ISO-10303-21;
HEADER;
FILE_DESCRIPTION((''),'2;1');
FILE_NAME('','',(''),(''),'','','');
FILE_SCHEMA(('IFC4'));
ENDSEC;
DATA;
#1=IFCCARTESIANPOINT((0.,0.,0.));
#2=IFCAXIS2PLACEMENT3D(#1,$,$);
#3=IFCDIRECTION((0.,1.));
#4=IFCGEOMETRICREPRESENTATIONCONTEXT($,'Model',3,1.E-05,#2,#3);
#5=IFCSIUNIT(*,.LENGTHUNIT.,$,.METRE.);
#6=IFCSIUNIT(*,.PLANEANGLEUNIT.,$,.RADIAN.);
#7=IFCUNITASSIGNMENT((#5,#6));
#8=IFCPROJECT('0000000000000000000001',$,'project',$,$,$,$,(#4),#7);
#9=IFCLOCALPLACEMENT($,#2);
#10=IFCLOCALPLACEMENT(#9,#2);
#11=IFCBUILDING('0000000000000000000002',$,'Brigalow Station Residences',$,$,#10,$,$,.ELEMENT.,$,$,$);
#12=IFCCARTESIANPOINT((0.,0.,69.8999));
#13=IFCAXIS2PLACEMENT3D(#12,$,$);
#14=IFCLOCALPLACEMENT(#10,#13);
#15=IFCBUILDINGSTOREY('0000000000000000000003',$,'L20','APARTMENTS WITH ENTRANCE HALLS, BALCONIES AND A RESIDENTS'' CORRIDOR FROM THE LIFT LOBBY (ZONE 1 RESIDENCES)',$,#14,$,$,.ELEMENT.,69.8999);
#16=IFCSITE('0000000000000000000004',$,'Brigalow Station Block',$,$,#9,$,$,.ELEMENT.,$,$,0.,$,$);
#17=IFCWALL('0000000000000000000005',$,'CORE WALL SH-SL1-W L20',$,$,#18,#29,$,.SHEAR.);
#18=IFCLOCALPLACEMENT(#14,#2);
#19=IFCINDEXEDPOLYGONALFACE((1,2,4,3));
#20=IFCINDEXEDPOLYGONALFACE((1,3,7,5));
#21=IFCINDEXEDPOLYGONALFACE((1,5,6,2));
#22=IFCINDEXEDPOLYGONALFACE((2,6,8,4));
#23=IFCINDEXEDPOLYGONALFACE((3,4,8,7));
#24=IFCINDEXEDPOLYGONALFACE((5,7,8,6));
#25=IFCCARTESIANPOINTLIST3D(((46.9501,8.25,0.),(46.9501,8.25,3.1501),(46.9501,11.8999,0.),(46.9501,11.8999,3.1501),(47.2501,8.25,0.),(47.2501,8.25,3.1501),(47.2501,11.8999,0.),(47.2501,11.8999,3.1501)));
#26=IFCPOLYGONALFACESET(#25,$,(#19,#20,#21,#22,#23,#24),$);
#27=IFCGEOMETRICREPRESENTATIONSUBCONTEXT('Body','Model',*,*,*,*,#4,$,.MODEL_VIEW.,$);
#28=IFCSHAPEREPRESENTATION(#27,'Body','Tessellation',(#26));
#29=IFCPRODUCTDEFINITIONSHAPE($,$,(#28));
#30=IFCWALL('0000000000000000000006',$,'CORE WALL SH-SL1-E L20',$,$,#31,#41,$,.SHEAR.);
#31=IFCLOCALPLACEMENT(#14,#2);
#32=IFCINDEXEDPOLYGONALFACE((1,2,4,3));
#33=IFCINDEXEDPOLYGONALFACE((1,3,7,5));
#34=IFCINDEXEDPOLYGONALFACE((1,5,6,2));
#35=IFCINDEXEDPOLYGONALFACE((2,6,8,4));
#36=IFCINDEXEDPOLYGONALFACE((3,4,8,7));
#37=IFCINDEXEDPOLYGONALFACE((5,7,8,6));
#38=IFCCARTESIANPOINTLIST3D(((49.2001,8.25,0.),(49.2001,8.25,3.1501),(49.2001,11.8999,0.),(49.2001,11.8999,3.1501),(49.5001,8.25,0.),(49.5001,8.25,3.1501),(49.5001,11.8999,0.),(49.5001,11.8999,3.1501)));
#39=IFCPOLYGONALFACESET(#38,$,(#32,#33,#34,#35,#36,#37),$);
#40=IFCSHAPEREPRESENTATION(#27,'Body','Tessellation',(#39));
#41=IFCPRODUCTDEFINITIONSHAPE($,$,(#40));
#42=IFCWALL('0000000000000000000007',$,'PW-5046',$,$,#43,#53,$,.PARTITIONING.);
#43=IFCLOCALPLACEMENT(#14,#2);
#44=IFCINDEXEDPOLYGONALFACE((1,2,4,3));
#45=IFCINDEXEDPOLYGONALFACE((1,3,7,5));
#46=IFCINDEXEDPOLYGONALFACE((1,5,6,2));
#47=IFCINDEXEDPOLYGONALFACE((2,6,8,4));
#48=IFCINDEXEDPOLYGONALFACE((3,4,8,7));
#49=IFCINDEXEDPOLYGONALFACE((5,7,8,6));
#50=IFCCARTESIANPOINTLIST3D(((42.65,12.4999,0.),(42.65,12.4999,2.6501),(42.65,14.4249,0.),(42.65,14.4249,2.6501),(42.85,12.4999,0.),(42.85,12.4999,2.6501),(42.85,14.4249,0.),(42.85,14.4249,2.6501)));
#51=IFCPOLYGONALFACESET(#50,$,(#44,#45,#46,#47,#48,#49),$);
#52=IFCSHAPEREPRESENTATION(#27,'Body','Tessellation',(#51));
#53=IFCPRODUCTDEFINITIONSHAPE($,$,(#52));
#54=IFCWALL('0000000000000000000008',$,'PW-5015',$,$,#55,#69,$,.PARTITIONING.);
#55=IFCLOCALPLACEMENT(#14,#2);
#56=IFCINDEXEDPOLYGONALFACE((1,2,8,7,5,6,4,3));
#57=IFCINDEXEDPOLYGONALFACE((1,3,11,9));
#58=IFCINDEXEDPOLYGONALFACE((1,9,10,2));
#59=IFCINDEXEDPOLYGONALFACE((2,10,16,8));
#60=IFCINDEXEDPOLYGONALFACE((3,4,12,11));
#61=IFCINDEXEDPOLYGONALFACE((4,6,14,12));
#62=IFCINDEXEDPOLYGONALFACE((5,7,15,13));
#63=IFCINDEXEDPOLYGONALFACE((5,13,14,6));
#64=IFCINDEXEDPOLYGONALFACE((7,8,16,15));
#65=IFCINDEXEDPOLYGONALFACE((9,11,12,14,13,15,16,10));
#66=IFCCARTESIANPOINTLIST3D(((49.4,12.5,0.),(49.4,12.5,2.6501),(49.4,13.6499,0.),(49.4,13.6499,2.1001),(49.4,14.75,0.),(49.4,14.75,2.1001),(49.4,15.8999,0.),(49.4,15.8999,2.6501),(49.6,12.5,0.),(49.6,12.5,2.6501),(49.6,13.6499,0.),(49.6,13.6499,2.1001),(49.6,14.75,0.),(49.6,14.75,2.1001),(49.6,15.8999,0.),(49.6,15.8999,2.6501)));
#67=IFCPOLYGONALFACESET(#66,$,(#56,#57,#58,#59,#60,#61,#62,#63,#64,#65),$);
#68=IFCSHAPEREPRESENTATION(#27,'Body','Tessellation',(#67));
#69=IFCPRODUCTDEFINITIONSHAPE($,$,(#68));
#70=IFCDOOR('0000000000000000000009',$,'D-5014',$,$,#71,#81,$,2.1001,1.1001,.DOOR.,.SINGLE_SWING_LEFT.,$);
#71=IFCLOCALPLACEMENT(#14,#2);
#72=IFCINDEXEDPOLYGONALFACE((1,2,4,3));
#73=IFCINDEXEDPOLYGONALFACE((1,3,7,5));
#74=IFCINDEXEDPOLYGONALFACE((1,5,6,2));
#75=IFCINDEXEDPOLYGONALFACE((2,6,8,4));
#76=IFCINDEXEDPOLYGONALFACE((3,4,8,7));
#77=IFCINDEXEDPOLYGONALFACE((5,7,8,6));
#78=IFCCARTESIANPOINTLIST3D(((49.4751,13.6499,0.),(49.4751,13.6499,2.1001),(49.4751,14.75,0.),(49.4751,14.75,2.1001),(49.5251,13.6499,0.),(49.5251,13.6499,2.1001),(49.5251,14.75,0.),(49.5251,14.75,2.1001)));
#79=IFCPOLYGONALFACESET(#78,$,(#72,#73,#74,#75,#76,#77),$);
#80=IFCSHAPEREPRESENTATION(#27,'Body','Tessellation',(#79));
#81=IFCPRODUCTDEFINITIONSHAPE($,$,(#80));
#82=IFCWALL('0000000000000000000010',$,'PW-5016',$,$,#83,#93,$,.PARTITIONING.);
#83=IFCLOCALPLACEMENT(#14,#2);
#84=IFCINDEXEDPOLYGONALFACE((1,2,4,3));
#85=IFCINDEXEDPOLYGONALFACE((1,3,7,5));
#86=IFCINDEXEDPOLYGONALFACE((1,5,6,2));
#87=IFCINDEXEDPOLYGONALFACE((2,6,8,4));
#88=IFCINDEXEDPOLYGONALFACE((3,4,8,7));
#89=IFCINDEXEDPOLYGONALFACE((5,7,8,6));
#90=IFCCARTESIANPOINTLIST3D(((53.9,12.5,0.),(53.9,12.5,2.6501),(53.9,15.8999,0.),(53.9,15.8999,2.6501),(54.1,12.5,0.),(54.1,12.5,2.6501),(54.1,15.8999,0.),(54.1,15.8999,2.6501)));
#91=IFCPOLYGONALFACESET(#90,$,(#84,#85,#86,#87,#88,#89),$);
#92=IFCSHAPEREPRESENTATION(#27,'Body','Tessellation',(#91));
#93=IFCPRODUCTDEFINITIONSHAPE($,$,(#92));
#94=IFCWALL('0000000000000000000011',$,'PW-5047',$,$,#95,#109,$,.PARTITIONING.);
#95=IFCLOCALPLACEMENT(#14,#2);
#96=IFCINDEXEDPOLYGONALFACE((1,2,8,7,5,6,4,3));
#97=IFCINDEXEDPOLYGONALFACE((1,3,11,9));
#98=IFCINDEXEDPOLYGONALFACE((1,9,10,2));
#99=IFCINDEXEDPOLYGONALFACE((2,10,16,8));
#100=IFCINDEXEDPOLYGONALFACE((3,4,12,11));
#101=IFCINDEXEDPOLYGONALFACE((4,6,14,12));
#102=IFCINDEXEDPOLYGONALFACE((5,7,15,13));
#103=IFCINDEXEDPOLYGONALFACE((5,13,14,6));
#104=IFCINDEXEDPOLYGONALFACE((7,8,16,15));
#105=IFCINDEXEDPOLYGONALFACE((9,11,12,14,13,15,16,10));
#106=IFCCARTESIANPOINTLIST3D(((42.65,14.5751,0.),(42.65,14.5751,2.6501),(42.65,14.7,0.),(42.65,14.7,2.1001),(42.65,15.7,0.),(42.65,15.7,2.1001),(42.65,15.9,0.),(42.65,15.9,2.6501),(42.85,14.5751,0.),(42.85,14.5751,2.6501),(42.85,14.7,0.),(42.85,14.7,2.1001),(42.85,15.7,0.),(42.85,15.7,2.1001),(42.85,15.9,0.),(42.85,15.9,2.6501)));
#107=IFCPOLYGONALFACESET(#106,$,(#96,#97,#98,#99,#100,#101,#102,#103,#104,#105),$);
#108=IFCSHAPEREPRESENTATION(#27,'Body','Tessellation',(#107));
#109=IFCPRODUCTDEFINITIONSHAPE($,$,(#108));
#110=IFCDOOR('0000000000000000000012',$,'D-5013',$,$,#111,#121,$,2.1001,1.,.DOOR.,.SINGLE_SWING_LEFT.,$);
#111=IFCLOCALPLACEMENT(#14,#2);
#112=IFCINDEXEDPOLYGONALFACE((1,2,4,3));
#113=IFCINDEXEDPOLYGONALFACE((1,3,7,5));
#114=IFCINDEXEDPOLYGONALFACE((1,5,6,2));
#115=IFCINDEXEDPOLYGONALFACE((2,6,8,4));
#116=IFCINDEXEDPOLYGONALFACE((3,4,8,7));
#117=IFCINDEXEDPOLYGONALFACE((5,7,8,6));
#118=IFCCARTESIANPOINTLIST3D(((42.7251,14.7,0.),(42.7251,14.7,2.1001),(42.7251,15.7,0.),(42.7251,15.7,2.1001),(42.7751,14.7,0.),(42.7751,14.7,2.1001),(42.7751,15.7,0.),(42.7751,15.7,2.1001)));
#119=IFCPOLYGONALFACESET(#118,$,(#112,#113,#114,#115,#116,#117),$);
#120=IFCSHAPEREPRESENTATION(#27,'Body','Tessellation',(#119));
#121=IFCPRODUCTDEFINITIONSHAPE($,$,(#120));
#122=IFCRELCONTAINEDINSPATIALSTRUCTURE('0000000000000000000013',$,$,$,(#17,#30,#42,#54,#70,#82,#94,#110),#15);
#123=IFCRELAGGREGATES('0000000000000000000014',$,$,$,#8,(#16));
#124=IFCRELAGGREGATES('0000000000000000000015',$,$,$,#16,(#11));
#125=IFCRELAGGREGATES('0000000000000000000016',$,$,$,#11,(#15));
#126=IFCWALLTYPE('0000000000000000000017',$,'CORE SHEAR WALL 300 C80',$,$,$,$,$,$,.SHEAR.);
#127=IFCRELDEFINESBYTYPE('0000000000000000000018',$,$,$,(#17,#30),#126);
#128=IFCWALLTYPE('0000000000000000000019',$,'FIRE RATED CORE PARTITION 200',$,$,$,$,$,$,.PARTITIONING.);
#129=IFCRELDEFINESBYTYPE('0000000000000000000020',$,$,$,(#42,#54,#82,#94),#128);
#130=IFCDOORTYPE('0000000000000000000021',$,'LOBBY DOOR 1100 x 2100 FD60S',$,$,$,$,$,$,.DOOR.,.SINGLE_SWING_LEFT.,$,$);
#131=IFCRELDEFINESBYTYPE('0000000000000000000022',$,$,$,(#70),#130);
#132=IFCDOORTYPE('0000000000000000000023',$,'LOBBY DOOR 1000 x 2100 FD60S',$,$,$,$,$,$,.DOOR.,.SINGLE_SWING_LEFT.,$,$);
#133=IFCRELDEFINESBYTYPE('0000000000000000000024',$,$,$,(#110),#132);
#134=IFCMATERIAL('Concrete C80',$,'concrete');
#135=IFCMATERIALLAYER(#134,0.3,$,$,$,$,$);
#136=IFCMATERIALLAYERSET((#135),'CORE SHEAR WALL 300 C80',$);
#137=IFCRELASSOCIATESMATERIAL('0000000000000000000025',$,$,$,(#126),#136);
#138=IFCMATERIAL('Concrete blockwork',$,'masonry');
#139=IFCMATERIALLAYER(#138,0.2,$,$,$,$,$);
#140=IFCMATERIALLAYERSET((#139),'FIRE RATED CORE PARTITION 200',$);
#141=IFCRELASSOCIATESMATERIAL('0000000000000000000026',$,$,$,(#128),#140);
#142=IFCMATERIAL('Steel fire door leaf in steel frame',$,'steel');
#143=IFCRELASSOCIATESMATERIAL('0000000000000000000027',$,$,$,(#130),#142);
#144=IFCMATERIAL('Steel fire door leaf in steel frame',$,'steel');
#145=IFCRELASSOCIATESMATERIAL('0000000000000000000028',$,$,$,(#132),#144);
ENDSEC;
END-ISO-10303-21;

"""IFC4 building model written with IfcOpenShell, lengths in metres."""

from ifc_helpers import new_model, si_unit, direction, frame, frame_2d, origin, place, context, subcontext, project, spatial, rectangle, extrude, material, layer, layer_set, type_object, element, fill, save


model = new_model("IFC4")

# Units and contexts
model_context = context("Model", 3, precision=1e-05, world=origin(), true_north=direction((0.0, 1.0)))
body_context = subcontext(model_context, "Body", "Model", "MODEL_VIEW")
ifc_project = project(units=[si_unit("LENGTHUNIT", "METRE"), si_unit("PLANEANGLEUNIT", "RADIAN")], contexts=[model_context])

# Site, building, storey
site_placement = place(None, origin())
site = spatial("IfcSite", under=ifc_project, at=site_placement, Name="Brigalow Station Block", CompositionType="ELEMENT", RefElevation=0.0)
building_placement = place(site_placement, origin())
building = spatial("IfcBuilding", under=site, at=building_placement, Name="Brigalow Station Residences", CompositionType="ELEMENT")
storey_placement = place(building_placement, frame((0.0, 0.0, 69.8999)))
storey = spatial("IfcBuildingStorey", under=building, at=storey_placement, Name="L20", Description="APARTMENTS WITH ENTRANCE HALLS, BALCONIES AND A RESIDENTS' CORRIDOR FROM THE LIFT LOBBY (ZONE 1 RESIDENCES)", CompositionType="ELEMENT", Elevation=69.8999)

# Walls
ifc_material_1 = material(Name="Concrete C80", Category="concrete")
ifc_layer_1 = layer(ifc_material_1, 0.3)
ifc_layer_set_1 = layer_set([ifc_layer_1], Name="CORE SHEAR WALL 300 C80")
wall_type_1 = type_object("IfcWallType", Name="CORE SHEAR WALL 300 C80", PredefinedType="SHEAR", material=ifc_layer_set_1)
for number, where, z_axis, x_axis, name in (
    (1, (47.1001, 8.25, 0.0), (0.0, 0.0, 1.0), (0.0, 1.0, 0.0), "CORE WALL SH-SL1-W L20"),
    (2, (49.3501, 8.25, 0.0), (0.0, 0.0, 1.0), (0.0, 1.0, 0.0), "CORE WALL SH-SL1-E L20"),
):
    element("IfcWall", number, at=place(storey_placement, frame(where, z_axis=z_axis, x_axis=x_axis)), inside=storey, type_object=wall_type_1, Name=name, PredefinedType="SHEAR", context=body_context, shape_type="SweptSolid", body=[
        extrude(rectangle(XDim=3.6499, YDim=0.3, at=frame_2d((1.825, 0.0))), origin(), (0.0, 0.0, 1.0), 3.1501),
    ])
ifc_material_2 = material(Name="Concrete blockwork", Category="masonry")
ifc_layer_2 = layer(ifc_material_2, 0.2)
ifc_layer_set_2 = layer_set([ifc_layer_2], Name="FIRE RATED CORE PARTITION 200")
wall_type_2 = type_object("IfcWallType", Name="FIRE RATED CORE PARTITION 200", PredefinedType="PARTITIONING", material=ifc_layer_set_2)
wall_1_placement = place(storey_placement, frame((42.75, 12.5, 0.0), z_axis=(0.0, 0.0, 1.0), x_axis=(0.0, 1.0, 0.0)))
element("IfcWall", 3, at=wall_1_placement, inside=storey, type_object=wall_type_2, Name="PW-5046", PredefinedType="PARTITIONING", context=body_context, shape_type="SweptSolid", body=[
    extrude(rectangle(XDim=1.925, YDim=0.2, at=frame_2d((0.9624, 0.0))), origin(), (0.0, 0.0, 1.0), 2.6501),
])

# Wall, opening, door
wall_2_placement = place(storey_placement, frame((49.5, 12.5, 0.0), z_axis=(0.0, 0.0, 1.0), x_axis=(0.0, 1.0, 0.0)))
wall_2 = element("IfcWall", 4, at=wall_2_placement, inside=storey, type_object=wall_type_2, Name="PW-5015", PredefinedType="PARTITIONING", context=body_context, shape_type="SweptSolid", body=[
    extrude(rectangle(XDim=3.3999, YDim=0.2, at=frame_2d((1.7, 0.0))), origin(), (0.0, 0.0, 1.0), 2.6501),
])
opening_1_placement = place(wall_2_placement, frame((1.1499, 0.0, 0.0)))
opening_1 = element("IfcOpeningElement", 5, at=opening_1_placement, cuts=wall_2, PredefinedType="OPENING", context=body_context, shape_type="SweptSolid", body=[
    extrude(rectangle(XDim=1.1001, YDim=2.1001, at=frame_2d((0.55, 1.05))), frame((0.0, 0.1099, 0.0), z_axis=(0.0, -1.0, 0.0), x_axis=(1.0, 0.0, 0.0)), (0.0, 0.0, 1.0), 0.22),
])
ifc_material_3 = material(Name="Steel fire door leaf in steel frame", Category="steel")
door_type_1 = type_object("IfcDoorType", Name="LOBBY DOOR 1100 x 2100 FD60S", OperationType="SINGLE_SWING_LEFT", PredefinedType="DOOR", material=ifc_material_3)
door_1_placement = place(opening_1_placement, origin())
door_1 = element("IfcDoor", 6, at=door_1_placement, inside=storey, type_object=door_type_1, Name="D-5014", OperationType="SINGLE_SWING_LEFT", OverallHeight=2.1001, OverallWidth=1.1001, PredefinedType="DOOR", context=body_context, shape_type="SweptSolid", body=[
    extrude(rectangle(XDim=1.1001, YDim=2.1001, at=frame_2d((0.55, 1.05))), frame((0.0, 0.0249, 0.0), z_axis=(0.0, -1.0, 0.0), x_axis=(1.0, 0.0, 0.0)), (0.0, 0.0, 1.0), 0.05),
])
fill(opening_1, door_1)

# Wall
wall_3_placement = place(storey_placement, frame((54.0, 12.5, 0.0), z_axis=(0.0, 0.0, 1.0), x_axis=(0.0, 1.0, 0.0)))
element("IfcWall", 7, at=wall_3_placement, inside=storey, type_object=wall_type_2, Name="PW-5016", PredefinedType="PARTITIONING", context=body_context, shape_type="SweptSolid", body=[
    extrude(rectangle(XDim=3.3999, YDim=0.2, at=frame_2d((1.7, 0.0))), origin(), (0.0, 0.0, 1.0), 2.6501),
])

# Wall, opening, door
wall_4_placement = place(storey_placement, frame((42.75, 14.575, 0.0), z_axis=(0.0, 0.0, 1.0), x_axis=(0.0, 1.0, 0.0)))
wall_4 = element("IfcWall", 8, at=wall_4_placement, inside=storey, type_object=wall_type_2, Name="PW-5047", PredefinedType="PARTITIONING", context=body_context, shape_type="SweptSolid", body=[
    extrude(rectangle(XDim=1.325, YDim=0.2, at=frame_2d((0.6626, 0.0))), origin(), (0.0, 0.0, 1.0), 2.6501),
])
opening_2_placement = place(wall_4_placement, frame((0.125, 0.0, 0.0)))
opening_2 = element("IfcOpeningElement", 9, at=opening_2_placement, cuts=wall_4, PredefinedType="OPENING", context=body_context, shape_type="SweptSolid", body=[
    extrude(rectangle(XDim=1.0, YDim=2.1001, at=frame_2d((0.5, 1.05))), frame((0.0, 0.1099, 0.0), z_axis=(0.0, -1.0, 0.0), x_axis=(1.0, 0.0, 0.0)), (0.0, 0.0, 1.0), 0.22),
])
ifc_material_4 = material(Name="Steel fire door leaf in steel frame", Category="steel")
door_type_2 = type_object("IfcDoorType", Name="LOBBY DOOR 1000 x 2100 FD60S", OperationType="SINGLE_SWING_LEFT", PredefinedType="DOOR", material=ifc_material_4)
door_2_placement = place(opening_2_placement, origin())
door_2 = element("IfcDoor", 10, at=door_2_placement, inside=storey, type_object=door_type_2, Name="D-5013", OperationType="SINGLE_SWING_LEFT", OverallHeight=2.1001, OverallWidth=1.0, PredefinedType="DOOR", context=body_context, shape_type="SweptSolid", body=[
    extrude(rectangle(XDim=1.0, YDim=2.1001, at=frame_2d((0.5, 1.05))), frame((0.0, 0.0249, 0.0), z_axis=(0.0, -1.0, 0.0), x_axis=(1.0, 0.0, 0.0)), (0.0, 0.0, 1.0), 0.05),
])
fill(opening_2, door_2)

save(model, "model.ifc")
